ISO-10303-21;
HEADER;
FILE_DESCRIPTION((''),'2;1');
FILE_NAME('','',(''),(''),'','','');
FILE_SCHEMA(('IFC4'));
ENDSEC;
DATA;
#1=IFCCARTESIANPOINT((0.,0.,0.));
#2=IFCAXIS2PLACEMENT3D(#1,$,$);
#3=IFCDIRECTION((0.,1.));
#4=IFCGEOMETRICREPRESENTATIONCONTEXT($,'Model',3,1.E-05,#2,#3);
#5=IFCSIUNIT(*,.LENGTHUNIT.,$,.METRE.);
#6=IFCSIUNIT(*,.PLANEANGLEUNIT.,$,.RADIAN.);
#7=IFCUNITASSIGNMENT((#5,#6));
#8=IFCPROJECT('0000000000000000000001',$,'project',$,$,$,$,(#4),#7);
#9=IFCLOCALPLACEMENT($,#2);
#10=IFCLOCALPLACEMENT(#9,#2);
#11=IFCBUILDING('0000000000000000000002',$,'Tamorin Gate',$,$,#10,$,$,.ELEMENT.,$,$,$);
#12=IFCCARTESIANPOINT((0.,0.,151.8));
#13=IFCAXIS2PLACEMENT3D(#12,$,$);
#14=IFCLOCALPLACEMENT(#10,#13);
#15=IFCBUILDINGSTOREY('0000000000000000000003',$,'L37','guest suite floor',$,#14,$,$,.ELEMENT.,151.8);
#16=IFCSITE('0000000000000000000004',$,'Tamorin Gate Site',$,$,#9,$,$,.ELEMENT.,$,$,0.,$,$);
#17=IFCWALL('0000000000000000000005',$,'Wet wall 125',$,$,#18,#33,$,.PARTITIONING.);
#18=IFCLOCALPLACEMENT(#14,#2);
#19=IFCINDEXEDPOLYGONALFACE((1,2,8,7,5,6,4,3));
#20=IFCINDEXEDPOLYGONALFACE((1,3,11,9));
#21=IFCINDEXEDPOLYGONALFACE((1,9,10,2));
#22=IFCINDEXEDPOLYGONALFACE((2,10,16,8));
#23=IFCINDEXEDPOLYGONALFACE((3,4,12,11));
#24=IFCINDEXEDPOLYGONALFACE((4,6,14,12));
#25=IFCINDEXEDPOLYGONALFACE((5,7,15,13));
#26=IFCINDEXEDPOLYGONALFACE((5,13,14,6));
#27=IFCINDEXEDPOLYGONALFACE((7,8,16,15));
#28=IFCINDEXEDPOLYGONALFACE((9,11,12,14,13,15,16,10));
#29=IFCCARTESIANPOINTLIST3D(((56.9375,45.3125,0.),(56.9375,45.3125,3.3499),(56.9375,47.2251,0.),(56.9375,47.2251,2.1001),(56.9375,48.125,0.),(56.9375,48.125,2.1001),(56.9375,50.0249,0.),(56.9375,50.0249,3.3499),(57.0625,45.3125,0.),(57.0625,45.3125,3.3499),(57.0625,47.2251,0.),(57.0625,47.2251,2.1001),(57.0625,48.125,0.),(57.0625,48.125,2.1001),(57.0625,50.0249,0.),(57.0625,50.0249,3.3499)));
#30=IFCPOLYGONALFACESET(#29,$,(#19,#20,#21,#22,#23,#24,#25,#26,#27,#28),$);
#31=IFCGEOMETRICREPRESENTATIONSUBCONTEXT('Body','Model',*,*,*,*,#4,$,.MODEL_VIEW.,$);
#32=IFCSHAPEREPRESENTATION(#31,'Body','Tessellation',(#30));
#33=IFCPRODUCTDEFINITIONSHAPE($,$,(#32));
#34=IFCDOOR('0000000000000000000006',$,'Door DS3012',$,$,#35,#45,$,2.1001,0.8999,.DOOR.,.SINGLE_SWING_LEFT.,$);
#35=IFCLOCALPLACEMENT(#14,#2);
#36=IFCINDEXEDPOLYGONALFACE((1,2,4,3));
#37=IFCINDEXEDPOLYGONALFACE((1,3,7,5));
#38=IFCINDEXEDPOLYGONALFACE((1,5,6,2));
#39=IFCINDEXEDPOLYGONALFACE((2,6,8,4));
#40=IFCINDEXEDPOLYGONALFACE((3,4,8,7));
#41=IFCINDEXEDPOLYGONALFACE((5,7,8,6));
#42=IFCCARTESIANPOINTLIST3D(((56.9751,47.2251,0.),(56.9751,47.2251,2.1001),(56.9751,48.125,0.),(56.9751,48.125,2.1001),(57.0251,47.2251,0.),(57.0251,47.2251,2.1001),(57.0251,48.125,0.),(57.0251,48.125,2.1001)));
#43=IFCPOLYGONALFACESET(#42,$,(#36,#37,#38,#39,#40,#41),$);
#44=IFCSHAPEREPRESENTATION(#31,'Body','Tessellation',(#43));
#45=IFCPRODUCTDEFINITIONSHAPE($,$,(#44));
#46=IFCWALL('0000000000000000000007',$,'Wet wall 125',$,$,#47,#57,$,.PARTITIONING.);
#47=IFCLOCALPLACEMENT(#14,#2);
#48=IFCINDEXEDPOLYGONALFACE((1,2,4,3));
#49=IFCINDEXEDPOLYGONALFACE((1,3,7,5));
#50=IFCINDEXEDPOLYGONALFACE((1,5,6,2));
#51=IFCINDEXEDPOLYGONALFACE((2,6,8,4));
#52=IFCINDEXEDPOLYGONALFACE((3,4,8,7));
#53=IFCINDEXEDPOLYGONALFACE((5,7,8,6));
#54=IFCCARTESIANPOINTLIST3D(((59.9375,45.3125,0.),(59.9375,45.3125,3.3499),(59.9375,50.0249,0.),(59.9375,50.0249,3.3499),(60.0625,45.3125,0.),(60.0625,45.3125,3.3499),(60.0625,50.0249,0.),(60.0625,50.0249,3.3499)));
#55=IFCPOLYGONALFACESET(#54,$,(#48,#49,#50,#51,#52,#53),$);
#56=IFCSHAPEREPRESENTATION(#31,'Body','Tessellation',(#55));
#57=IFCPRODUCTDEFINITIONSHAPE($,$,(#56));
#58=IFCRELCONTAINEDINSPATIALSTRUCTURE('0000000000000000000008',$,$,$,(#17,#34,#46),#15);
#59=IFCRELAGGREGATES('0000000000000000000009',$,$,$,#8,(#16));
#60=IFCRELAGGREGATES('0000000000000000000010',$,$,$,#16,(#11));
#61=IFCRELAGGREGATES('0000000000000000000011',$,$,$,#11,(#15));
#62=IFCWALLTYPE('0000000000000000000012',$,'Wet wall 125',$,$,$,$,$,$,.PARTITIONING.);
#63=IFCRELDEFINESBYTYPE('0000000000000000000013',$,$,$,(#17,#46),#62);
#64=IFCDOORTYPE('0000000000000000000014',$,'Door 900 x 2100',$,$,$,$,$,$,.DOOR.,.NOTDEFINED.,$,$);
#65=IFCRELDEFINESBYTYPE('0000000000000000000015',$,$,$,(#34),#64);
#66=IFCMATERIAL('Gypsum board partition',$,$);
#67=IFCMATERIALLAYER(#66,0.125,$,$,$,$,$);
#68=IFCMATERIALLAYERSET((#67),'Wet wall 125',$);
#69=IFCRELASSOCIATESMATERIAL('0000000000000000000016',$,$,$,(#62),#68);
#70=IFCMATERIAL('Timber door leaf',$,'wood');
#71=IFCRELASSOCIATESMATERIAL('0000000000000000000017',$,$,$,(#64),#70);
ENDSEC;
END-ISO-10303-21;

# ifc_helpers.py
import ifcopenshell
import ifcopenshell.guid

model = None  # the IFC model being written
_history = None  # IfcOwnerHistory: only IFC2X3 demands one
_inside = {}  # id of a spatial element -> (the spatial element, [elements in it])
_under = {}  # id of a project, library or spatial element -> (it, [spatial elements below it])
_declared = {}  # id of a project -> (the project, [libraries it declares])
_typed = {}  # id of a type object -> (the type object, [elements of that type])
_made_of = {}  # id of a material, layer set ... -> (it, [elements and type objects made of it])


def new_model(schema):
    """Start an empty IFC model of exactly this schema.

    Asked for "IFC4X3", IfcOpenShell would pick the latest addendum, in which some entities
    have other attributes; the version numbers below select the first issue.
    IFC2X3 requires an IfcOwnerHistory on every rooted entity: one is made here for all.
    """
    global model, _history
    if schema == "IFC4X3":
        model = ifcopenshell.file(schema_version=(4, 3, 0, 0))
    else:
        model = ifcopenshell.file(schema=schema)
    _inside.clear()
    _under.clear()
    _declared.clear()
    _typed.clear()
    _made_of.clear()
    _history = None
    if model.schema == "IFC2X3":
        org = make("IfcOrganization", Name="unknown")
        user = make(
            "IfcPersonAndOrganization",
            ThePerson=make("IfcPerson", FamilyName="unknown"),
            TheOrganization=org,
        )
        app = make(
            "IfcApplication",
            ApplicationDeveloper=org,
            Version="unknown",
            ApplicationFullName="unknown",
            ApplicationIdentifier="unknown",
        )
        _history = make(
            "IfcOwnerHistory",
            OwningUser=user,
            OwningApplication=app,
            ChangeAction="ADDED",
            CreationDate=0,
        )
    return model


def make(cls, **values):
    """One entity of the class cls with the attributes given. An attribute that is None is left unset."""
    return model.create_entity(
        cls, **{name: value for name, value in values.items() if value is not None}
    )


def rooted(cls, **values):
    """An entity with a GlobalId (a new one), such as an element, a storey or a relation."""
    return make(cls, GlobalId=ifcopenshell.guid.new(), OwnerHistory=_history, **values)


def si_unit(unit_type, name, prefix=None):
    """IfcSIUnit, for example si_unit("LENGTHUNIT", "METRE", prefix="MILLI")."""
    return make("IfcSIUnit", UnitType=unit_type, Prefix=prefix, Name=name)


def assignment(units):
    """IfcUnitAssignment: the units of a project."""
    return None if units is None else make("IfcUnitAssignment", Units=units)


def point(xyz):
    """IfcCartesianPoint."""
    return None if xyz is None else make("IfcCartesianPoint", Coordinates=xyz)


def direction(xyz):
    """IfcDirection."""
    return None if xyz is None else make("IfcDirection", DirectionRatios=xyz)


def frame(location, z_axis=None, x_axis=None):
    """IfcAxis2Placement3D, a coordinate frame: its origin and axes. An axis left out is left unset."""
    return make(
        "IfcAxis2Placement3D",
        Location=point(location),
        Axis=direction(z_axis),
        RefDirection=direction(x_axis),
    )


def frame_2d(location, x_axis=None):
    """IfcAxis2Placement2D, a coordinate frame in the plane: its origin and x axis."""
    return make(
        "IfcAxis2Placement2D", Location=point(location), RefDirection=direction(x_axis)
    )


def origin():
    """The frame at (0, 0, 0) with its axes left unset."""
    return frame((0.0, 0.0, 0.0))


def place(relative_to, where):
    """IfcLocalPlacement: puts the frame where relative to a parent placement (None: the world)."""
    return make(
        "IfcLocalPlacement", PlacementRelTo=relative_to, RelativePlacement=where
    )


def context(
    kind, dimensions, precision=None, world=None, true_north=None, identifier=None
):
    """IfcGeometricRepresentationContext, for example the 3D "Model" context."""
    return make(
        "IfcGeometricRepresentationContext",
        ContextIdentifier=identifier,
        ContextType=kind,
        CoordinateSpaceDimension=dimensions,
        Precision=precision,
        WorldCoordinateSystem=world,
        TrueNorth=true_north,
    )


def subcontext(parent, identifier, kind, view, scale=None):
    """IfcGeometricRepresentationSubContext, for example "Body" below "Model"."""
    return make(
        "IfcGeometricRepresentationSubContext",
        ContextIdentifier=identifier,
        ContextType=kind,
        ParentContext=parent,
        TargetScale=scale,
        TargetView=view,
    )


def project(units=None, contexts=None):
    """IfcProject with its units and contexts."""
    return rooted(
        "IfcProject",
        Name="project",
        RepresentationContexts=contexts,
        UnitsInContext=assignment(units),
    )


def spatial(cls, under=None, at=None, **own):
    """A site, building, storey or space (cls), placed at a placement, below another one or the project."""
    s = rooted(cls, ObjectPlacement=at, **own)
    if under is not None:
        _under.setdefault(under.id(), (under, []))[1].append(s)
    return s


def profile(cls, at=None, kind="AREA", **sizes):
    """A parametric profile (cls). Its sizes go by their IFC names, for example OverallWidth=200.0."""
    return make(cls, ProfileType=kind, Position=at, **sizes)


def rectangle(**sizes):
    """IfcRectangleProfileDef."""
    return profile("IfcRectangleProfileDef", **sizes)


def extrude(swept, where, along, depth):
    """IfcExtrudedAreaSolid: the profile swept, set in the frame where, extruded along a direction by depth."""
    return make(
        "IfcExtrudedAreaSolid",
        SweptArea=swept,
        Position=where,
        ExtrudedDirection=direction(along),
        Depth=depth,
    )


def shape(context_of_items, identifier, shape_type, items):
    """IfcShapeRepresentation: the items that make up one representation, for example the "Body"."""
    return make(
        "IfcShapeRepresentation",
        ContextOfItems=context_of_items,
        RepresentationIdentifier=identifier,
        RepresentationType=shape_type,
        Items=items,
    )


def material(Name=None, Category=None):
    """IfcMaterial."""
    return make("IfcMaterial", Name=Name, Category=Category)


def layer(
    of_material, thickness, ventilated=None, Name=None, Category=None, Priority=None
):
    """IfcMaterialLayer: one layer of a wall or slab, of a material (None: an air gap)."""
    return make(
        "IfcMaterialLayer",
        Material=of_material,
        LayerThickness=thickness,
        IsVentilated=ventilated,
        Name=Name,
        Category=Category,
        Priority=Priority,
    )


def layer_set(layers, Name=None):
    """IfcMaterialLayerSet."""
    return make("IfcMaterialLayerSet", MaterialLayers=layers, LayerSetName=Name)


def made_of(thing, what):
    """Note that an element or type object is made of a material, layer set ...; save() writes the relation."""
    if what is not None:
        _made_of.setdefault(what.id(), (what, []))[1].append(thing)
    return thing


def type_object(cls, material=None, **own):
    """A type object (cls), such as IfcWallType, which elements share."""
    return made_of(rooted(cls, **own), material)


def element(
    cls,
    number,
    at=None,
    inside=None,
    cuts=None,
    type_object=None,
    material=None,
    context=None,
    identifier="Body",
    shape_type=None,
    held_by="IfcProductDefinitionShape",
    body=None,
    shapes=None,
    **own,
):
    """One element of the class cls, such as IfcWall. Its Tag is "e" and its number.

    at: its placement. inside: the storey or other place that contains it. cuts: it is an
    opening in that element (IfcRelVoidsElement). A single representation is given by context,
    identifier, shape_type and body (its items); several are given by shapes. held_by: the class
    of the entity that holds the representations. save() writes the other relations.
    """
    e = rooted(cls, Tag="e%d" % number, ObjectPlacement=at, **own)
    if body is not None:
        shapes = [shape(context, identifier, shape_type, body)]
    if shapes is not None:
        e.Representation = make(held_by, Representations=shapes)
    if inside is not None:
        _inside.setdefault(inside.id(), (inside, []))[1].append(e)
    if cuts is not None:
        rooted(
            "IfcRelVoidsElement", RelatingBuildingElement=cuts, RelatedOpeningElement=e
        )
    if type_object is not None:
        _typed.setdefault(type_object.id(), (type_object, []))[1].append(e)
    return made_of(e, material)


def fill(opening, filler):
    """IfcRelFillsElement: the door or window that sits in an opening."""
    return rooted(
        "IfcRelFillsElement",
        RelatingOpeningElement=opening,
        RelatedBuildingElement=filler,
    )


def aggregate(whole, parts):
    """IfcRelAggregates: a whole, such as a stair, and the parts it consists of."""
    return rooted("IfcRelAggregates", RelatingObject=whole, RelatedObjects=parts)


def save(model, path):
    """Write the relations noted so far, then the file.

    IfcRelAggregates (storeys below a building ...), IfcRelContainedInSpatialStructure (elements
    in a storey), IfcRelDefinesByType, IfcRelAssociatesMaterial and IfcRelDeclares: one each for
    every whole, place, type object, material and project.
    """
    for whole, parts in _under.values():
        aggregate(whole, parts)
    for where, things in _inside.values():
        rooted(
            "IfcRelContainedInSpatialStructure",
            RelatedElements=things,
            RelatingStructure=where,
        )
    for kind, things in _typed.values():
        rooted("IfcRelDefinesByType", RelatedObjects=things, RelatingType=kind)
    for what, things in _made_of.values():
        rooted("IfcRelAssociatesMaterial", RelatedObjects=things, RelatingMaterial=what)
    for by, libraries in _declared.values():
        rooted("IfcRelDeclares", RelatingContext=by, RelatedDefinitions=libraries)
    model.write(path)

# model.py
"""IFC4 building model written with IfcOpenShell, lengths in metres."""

from ifc_helpers import new_model, si_unit, direction, frame, frame_2d, origin, place, context, subcontext, project, spatial, rectangle, extrude, material, layer, layer_set, type_object, element, fill, save


model = new_model("IFC4")

# Units and contexts
model_context = context("Model", 3, precision=1e-05, world=origin(), true_north=direction((0.0, 1.0)))
body_context = subcontext(model_context, "Body", "Model", "MODEL_VIEW")
ifc_project = project(units=[si_unit("LENGTHUNIT", "METRE"), si_unit("PLANEANGLEUNIT", "RADIAN")], contexts=[model_context])

# Site, building, storey
site_placement = place(None, origin())
site = spatial("IfcSite", under=ifc_project, at=site_placement, Name="Tamorin Gate Site", CompositionType="ELEMENT", RefElevation=0.0)
building_placement = place(site_placement, origin())
building = spatial("IfcBuilding", under=site, at=building_placement, Name="Tamorin Gate", CompositionType="ELEMENT")
storey_placement = place(building_placement, frame((0.0, 0.0, 151.8)))
storey = spatial("IfcBuildingStorey", under=building, at=storey_placement, Name="L37", Description="guest suite floor", CompositionType="ELEMENT", Elevation=151.8)

# Shared definitions
ifc_material_1 = material(Name="Gypsum board partition")
ifc_material_2 = material(Name="Timber door leaf", Category="wood")

# Wall, opening, door
ifc_layer_1 = layer(ifc_material_1, 0.125)
ifc_layer_set_1 = layer_set([ifc_layer_1], Name="Wet wall 125")
wall_type_1 = type_object("IfcWallType", Name="Wet wall 125", PredefinedType="PARTITIONING", material=ifc_layer_set_1)
wall_1_placement = place(storey_placement, frame((57.0, 45.3125, 0.0), z_axis=(0.0, 0.0, 1.0), x_axis=(0.0, 1.0, 0.0)))
wall_1 = element("IfcWall", 1, at=wall_1_placement, inside=storey, type_object=wall_type_1, Name="Wet wall 125", PredefinedType="PARTITIONING", context=body_context, shape_type="SweptSolid", body=[
    extrude(rectangle(XDim=4.7124, YDim=0.125, at=frame_2d((2.3562, 0.0))), origin(), (0.0, 0.0, 1.0), 3.3499),
])
opening_1_placement = place(wall_1_placement, frame((1.9126, 0.0, 0.0)))
opening_1 = element("IfcOpeningElement", 2, at=opening_1_placement, cuts=wall_1, PredefinedType="OPENING", context=body_context, shape_type="SweptSolid", body=[
    extrude(rectangle(XDim=0.8999, YDim=2.1001, at=frame_2d((0.45, 1.05))), frame((0.0, 0.0725, 0.0), z_axis=(0.0, -1.0, 0.0), x_axis=(1.0, 0.0, 0.0)), (0.0, 0.0, 1.0), 0.145),
])
door_type_1 = type_object("IfcDoorType", Name="Door 900 x 2100", OperationType="NOTDEFINED", PredefinedType="DOOR", material=ifc_material_2)
door_1_placement = place(opening_1_placement, origin())
door_1 = element("IfcDoor", 3, at=door_1_placement, inside=storey, type_object=door_type_1, Name="Door DS3012", OperationType="SINGLE_SWING_LEFT", OverallHeight=2.1001, OverallWidth=0.8999, PredefinedType="DOOR", context=body_context, shape_type="SweptSolid", body=[
    extrude(rectangle(XDim=0.8999, YDim=2.1001, at=frame_2d((0.45, 1.05))), frame((0.0, 0.0249, 0.0), z_axis=(0.0, -1.0, 0.0), x_axis=(1.0, 0.0, 0.0)), (0.0, 0.0, 1.0), 0.05),
])
fill(opening_1, door_1)

# Wall
wall_2_placement = place(storey_placement, frame((60.0, 45.3125, 0.0), z_axis=(0.0, 0.0, 1.0), x_axis=(0.0, 1.0, 0.0)))
element("IfcWall", 4, at=wall_2_placement, inside=storey, type_object=wall_type_1, Name="Wet wall 125", PredefinedType="PARTITIONING", context=body_context, shape_type="SweptSolid", body=[
    extrude(rectangle(XDim=4.7124, YDim=0.125, at=frame_2d((2.3562, 0.0))), origin(), (0.0, 0.0, 1.0), 3.3499),
])

save(model, "model.ifc")
